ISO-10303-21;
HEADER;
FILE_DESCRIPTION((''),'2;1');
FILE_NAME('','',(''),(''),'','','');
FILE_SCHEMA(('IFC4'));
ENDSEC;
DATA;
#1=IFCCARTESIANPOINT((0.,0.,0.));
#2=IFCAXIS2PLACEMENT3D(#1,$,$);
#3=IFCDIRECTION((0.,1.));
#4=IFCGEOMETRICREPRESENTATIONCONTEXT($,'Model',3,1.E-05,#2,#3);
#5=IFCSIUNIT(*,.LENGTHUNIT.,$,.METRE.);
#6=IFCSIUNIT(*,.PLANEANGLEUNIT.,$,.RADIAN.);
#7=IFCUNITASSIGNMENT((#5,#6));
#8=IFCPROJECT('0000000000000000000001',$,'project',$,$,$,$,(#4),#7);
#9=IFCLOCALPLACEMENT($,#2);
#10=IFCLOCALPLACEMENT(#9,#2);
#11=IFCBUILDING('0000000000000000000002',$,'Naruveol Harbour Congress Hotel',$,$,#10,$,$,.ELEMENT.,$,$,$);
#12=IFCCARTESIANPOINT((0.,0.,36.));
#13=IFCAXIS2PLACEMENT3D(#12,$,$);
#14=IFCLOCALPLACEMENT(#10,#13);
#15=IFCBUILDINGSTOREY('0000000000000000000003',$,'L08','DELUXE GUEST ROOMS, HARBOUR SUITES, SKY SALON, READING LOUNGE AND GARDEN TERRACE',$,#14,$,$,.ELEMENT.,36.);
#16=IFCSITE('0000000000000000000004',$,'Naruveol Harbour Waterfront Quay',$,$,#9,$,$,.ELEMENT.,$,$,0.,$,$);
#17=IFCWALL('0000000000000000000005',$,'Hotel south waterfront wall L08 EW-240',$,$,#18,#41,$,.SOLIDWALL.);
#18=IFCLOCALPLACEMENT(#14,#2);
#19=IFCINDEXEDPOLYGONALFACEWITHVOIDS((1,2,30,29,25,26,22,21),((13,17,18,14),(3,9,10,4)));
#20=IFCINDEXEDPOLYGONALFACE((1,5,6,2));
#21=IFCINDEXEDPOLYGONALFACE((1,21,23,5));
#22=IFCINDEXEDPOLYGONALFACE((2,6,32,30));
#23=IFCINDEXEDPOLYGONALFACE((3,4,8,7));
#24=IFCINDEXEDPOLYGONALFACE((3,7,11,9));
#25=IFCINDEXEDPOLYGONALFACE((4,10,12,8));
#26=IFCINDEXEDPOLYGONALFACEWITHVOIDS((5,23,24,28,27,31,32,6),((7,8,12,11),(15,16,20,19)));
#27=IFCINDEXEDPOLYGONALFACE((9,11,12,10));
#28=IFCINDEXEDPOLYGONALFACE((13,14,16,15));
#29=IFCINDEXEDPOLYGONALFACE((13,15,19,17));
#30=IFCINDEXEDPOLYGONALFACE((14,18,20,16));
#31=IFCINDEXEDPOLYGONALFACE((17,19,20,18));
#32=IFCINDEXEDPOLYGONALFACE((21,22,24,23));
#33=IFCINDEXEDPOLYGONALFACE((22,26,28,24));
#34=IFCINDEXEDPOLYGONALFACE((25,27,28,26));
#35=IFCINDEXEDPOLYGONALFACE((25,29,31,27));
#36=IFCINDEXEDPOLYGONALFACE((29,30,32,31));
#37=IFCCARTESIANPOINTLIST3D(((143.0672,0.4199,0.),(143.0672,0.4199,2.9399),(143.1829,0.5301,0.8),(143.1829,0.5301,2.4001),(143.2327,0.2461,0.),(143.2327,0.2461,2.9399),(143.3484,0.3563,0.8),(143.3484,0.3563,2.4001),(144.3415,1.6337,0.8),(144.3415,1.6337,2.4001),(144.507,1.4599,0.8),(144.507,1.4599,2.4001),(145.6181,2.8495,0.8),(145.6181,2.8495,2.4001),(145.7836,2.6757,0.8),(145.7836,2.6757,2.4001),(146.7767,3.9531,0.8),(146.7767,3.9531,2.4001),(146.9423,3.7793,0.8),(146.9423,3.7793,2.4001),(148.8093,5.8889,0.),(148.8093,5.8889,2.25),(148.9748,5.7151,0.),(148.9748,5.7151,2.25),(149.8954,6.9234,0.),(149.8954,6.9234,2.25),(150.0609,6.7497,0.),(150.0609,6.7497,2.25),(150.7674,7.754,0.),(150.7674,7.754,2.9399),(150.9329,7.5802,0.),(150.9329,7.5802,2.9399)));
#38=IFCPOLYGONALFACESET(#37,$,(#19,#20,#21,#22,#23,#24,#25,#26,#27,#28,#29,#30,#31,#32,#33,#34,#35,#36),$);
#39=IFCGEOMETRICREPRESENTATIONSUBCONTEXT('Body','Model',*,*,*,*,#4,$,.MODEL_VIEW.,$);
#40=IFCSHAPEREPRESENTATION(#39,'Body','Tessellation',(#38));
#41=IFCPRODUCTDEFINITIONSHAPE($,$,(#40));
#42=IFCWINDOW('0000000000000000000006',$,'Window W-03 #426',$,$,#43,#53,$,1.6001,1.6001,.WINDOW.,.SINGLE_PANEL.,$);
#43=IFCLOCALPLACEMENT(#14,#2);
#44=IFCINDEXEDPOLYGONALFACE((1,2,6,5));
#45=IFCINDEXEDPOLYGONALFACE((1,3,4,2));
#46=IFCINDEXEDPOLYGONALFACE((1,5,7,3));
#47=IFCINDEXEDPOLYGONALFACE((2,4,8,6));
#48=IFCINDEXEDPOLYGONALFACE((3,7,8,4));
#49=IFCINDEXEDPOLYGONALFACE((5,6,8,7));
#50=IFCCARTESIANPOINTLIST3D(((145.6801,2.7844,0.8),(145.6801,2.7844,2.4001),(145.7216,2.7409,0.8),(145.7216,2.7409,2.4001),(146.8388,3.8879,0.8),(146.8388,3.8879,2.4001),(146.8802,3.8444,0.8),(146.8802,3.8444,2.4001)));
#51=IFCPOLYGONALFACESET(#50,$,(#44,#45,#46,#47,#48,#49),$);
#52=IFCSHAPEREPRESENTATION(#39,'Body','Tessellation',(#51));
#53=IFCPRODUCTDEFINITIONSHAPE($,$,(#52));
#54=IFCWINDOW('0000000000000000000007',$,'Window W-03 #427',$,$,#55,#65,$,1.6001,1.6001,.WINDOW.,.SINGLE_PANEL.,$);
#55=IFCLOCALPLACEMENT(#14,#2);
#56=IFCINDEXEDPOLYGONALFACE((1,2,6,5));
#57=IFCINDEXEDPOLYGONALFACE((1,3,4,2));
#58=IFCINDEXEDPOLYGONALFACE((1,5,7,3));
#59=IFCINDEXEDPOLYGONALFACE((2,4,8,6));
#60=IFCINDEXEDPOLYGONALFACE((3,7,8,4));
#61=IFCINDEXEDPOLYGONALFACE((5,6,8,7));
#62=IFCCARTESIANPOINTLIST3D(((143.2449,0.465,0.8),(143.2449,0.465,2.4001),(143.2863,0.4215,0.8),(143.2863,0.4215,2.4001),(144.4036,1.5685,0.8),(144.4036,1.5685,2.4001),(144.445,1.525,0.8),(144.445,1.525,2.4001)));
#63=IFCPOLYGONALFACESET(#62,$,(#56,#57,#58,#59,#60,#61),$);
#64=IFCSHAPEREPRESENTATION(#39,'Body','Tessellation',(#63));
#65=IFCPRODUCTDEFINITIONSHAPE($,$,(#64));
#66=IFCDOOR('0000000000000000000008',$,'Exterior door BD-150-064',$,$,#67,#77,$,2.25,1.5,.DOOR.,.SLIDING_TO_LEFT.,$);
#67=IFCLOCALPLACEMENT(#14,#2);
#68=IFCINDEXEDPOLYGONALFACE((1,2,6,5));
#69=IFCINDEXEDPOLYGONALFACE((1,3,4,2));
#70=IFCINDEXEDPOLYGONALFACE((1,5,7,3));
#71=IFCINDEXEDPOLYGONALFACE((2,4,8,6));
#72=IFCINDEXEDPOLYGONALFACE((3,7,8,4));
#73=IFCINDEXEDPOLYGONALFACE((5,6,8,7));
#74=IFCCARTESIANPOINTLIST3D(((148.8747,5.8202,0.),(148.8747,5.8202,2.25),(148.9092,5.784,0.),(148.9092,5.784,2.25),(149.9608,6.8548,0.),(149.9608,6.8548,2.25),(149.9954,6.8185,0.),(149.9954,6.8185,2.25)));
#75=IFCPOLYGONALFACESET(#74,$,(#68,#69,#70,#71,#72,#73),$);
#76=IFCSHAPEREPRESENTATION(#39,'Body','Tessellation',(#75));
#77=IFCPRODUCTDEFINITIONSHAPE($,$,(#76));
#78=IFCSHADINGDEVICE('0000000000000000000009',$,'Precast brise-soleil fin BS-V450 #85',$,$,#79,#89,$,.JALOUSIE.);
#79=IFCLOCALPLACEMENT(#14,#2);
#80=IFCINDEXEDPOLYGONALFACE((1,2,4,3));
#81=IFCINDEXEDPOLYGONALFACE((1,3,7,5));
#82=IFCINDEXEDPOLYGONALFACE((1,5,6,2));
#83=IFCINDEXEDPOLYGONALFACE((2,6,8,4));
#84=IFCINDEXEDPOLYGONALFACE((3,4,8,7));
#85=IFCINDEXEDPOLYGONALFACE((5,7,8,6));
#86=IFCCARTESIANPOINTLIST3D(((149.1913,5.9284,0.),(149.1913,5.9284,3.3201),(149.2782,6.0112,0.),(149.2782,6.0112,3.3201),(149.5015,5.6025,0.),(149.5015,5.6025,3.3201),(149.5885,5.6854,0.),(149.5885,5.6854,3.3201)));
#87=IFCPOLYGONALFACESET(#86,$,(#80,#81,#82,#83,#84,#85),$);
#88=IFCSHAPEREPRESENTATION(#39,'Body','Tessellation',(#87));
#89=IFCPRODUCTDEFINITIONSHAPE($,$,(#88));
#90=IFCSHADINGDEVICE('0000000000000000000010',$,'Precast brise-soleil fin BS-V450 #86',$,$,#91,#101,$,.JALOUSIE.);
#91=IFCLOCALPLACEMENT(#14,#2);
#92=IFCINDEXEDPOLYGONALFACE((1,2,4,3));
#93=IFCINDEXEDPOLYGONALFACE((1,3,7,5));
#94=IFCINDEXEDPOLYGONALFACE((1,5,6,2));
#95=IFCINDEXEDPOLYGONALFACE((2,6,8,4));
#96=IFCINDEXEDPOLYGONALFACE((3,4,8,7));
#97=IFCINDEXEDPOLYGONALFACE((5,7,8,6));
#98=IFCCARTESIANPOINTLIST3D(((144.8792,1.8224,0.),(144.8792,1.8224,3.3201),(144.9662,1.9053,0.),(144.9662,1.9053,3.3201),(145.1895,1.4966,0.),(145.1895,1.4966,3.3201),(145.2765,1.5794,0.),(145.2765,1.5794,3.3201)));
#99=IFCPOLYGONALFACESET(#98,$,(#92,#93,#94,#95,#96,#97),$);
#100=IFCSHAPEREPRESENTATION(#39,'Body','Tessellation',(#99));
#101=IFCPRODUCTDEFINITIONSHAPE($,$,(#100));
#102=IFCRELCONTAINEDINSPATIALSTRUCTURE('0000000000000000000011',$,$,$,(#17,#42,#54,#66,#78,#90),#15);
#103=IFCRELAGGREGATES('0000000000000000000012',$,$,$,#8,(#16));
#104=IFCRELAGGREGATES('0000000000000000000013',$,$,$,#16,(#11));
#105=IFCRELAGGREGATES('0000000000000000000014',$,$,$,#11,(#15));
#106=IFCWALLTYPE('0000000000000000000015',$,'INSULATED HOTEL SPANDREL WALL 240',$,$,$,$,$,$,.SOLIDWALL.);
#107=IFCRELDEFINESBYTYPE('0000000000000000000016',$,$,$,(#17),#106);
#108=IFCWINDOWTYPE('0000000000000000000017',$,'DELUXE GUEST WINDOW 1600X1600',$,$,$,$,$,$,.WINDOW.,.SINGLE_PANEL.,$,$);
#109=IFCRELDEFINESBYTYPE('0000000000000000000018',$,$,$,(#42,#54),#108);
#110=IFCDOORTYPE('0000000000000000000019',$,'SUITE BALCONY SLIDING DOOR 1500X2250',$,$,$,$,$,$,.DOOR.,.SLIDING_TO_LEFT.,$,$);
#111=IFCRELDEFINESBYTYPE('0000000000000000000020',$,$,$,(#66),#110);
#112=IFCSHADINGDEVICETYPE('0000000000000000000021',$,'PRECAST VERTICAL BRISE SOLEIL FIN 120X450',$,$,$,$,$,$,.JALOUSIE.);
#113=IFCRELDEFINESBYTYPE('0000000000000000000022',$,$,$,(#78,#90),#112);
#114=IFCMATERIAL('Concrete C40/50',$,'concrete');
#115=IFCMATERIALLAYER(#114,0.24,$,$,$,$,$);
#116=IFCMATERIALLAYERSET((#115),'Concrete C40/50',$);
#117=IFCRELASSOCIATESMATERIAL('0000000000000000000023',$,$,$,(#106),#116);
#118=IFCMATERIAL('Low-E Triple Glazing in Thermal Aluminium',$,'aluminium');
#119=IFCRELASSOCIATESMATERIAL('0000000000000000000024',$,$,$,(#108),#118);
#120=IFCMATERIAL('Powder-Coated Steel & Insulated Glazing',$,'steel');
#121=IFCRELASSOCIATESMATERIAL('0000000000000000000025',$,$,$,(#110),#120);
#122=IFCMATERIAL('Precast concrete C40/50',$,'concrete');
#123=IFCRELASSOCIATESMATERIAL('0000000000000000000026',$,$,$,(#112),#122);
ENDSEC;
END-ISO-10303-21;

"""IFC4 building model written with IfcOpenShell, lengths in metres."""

from ifc_helpers import new_model, si_unit, direction, frame, frame_2d, origin, origin_2d, place, context, subcontext, project, spatial, rectangle, extrude, material, layer, layer_set, type_object, element, fill, save


model = new_model("IFC4")

# Units and contexts
model_context = context("Model", 3, precision=1e-05, world=origin(), true_north=direction((0.0, 1.0)))
body_context = subcontext(model_context, "Body", "Model", "MODEL_VIEW")
ifc_project = project(units=[si_unit("LENGTHUNIT", "METRE"), si_unit("PLANEANGLEUNIT", "RADIAN")], contexts=[model_context])

# Site, building, storey
site_placement = place(None, origin())
site = spatial("IfcSite", under=ifc_project, at=site_placement, Name="Naruveol Harbour Waterfront Quay", CompositionType="ELEMENT", RefElevation=0.0)
building_placement = place(site_placement, origin())
building = spatial("IfcBuilding", under=site, at=building_placement, Name="Naruveol Harbour Congress Hotel", CompositionType="ELEMENT")
storey_placement = place(building_placement, frame((0.0, 0.0, 36.0)))
storey = spatial("IfcBuildingStorey", under=building, at=storey_placement, Name="L08", Description="DELUXE GUEST ROOMS, HARBOUR SUITES, SKY SALON, READING LOUNGE AND GARDEN TERRACE", CompositionType="ELEMENT", Elevation=36.0)

# Wall, openings, windows, door
ifc_material_1 = material(Name="Concrete C40/50", Category="concrete")
ifc_layer_1 = layer(ifc_material_1, 0.24)
ifc_layer_set_1 = layer_set([ifc_layer_1], Name="Concrete C40/50")
wall_type_1 = type_object("IfcWallType", Name="INSULATED HOTEL SPANDREL WALL 240", PredefinedType="SOLIDWALL", material=ifc_layer_set_1)
wall_1_placement = place(storey_placement, frame((150.8501, 7.667, 0.0), z_axis=(0.0, 0.0, 1.0), x_axis=(-0.724116, -0.689678, 0.0)))
wall_1 = element("IfcWall", 1, at=wall_1_placement, inside=storey, type_object=wall_type_1, Name="Hotel south waterfront wall L08 EW-240", PredefinedType="SOLIDWALL", context=body_context, shape_type="SweptSolid", body=[
    extrude(rectangle(XDim=10.634, YDim=0.24, at=frame_2d((5.3169, 0.0))), origin(), (0.0, 0.0, 1.0), 2.9399),
])
opening_1_placement = place(wall_1_placement, frame((1.2041, 0.0, 0.0)))
opening_1 = element("IfcOpeningElement", 2, at=opening_1_placement, cuts=wall_1, PredefinedType="OPENING", context=body_context, shape_type="SweptSolid", body=[
    extrude(rectangle(XDim=1.5, YDim=2.25, at=frame_2d((0.75, 1.125))), frame((0.0, 0.1299, 0.0), z_axis=(0.0, -1.0, 0.0), x_axis=(1.0, 0.0, 0.0)), (0.0, 0.0, 1.0), 0.26),
])
opening_2_placement = place(wall_1_placement, frame((5.511, 0.0, 0.8)))
opening_2 = element("IfcOpeningElement", 3, at=opening_2_placement, cuts=wall_1, PredefinedType="OPENING", context=body_context, shape_type="SweptSolid", body=[
    extrude(rectangle(XDim=1.6001, YDim=1.6001, at=frame_2d((0.8, 0.8))), frame((0.0, 0.1299, 0.0), z_axis=(0.0, -1.0, 0.0), x_axis=(1.0, 0.0, 0.0)), (0.0, 0.0, 1.0), 0.26),
])
opening_3_placement = place(wall_1_placement, frame((8.874, 0.0, 0.8)))
opening_3 = element("IfcOpeningElement", 4, at=opening_3_placement, cuts=wall_1, PredefinedType="OPENING", context=body_context, shape_type="SweptSolid", body=[
    extrude(rectangle(XDim=1.6001, YDim=1.6001, at=frame_2d((0.8, 0.8))), frame((0.0, 0.1299, 0.0), z_axis=(0.0, -1.0, 0.0), x_axis=(1.0, 0.0, 0.0)), (0.0, 0.0, 1.0), 0.26),
])
ifc_material_2 = material(Name="Low-E Triple Glazing in Thermal Aluminium", Category="aluminium")
window_type = type_object("IfcWindowType", Name="DELUXE GUEST WINDOW 1600X1600", PartitioningType="SINGLE_PANEL", PredefinedType="WINDOW", material=ifc_material_2)
window_1_placement = place(opening_2_placement, origin())
window_1 = element("IfcWindow", 5, at=window_1_placement, inside=storey, type_object=window_type, Name="Window W-03 #426", OverallHeight=1.6001, OverallWidth=1.6001, PartitioningType="SINGLE_PANEL", PredefinedType="WINDOW", context=body_context, shape_type="SweptSolid", body=[
    extrude(rectangle(XDim=1.6001, YDim=1.6001, at=frame_2d((0.8, 0.8))), frame((0.0, 0.03, 0.0), z_axis=(0.0, -1.0, 0.0), x_axis=(1.0, 0.0, 0.0)), (0.0, 0.0, 1.0), 0.0601),
])
fill(opening_2, window_1)
window_2_placement = place(opening_3_placement, origin())
window_2 = element("IfcWindow", 6, at=window_2_placement, inside=storey, type_object=window_type, Name="Window W-03 #427", OverallHeight=1.6001, OverallWidth=1.6001, PartitioningType="SINGLE_PANEL", PredefinedType="WINDOW", context=body_context, shape_type="SweptSolid", body=[
    extrude(rectangle(XDim=1.6001, YDim=1.6001, at=frame_2d((0.8, 0.8))), frame((0.0, 0.03, 0.0), z_axis=(0.0, -1.0, 0.0), x_axis=(1.0, 0.0, 0.0)), (0.0, 0.0, 1.0), 0.0601),
])
fill(opening_3, window_2)
ifc_material_3 = material(Name="Powder-Coated Steel & Insulated Glazing", Category="steel")
door_type_1 = type_object("IfcDoorType", Name="SUITE BALCONY SLIDING DOOR 1500X2250", OperationType="SLIDING_TO_LEFT", PredefinedType="DOOR", material=ifc_material_3)
door_1_placement = place(opening_1_placement, origin())
door_1 = element("IfcDoor", 7, at=door_1_placement, inside=storey, type_object=door_type_1, Name="Exterior door BD-150-064", OperationType="SLIDING_TO_LEFT", OverallHeight=2.25, OverallWidth=1.5, PredefinedType="DOOR", context=body_context, shape_type="SweptSolid", body=[
    extrude(rectangle(XDim=1.5, YDim=2.25, at=frame_2d((0.75, 1.125))), frame((0.0, 0.0249, 0.0), z_axis=(0.0, -1.0, 0.0), x_axis=(1.0, 0.0, 0.0)), (0.0, 0.0, 1.0), 0.05),
])
fill(opening_1, door_1)

# Shading devices
ifc_material_4 = material(Name="Precast concrete C40/50", Category="concrete")
shading_device_type = type_object("IfcShadingDeviceType", Name="PRECAST VERTICAL BRISE SOLEIL FIN 120X450", PredefinedType="JALOUSIE", material=ifc_material_4)
for number, where, z_axis, x_axis, name in (
    (8, (149.3899, 5.8069, 0.0), (0.0, 0.0, 1.0), (-0.724172, -0.68962, 0.0), "Precast brise-soleil fin BS-V450 #85"),
    (9, (145.0779, 1.7009, 0.0), (0.0, 0.0, 1.0), (-0.724172, -0.68962, 0.0), "Precast brise-soleil fin BS-V450 #86"),
):
    element("IfcShadingDevice", number, at=place(storey_placement, frame(where, z_axis=z_axis, x_axis=x_axis)), inside=storey, type_object=shading_device_type, Name=name, PredefinedType="JALOUSIE", context=body_context, shape_type="SweptSolid", body=[
        extrude(rectangle(XDim=0.1201, YDim=0.45, at=origin_2d()), origin(), (0.0, 0.0, 1.0), 3.3201),
    ])

save(model, "model.ifc")
